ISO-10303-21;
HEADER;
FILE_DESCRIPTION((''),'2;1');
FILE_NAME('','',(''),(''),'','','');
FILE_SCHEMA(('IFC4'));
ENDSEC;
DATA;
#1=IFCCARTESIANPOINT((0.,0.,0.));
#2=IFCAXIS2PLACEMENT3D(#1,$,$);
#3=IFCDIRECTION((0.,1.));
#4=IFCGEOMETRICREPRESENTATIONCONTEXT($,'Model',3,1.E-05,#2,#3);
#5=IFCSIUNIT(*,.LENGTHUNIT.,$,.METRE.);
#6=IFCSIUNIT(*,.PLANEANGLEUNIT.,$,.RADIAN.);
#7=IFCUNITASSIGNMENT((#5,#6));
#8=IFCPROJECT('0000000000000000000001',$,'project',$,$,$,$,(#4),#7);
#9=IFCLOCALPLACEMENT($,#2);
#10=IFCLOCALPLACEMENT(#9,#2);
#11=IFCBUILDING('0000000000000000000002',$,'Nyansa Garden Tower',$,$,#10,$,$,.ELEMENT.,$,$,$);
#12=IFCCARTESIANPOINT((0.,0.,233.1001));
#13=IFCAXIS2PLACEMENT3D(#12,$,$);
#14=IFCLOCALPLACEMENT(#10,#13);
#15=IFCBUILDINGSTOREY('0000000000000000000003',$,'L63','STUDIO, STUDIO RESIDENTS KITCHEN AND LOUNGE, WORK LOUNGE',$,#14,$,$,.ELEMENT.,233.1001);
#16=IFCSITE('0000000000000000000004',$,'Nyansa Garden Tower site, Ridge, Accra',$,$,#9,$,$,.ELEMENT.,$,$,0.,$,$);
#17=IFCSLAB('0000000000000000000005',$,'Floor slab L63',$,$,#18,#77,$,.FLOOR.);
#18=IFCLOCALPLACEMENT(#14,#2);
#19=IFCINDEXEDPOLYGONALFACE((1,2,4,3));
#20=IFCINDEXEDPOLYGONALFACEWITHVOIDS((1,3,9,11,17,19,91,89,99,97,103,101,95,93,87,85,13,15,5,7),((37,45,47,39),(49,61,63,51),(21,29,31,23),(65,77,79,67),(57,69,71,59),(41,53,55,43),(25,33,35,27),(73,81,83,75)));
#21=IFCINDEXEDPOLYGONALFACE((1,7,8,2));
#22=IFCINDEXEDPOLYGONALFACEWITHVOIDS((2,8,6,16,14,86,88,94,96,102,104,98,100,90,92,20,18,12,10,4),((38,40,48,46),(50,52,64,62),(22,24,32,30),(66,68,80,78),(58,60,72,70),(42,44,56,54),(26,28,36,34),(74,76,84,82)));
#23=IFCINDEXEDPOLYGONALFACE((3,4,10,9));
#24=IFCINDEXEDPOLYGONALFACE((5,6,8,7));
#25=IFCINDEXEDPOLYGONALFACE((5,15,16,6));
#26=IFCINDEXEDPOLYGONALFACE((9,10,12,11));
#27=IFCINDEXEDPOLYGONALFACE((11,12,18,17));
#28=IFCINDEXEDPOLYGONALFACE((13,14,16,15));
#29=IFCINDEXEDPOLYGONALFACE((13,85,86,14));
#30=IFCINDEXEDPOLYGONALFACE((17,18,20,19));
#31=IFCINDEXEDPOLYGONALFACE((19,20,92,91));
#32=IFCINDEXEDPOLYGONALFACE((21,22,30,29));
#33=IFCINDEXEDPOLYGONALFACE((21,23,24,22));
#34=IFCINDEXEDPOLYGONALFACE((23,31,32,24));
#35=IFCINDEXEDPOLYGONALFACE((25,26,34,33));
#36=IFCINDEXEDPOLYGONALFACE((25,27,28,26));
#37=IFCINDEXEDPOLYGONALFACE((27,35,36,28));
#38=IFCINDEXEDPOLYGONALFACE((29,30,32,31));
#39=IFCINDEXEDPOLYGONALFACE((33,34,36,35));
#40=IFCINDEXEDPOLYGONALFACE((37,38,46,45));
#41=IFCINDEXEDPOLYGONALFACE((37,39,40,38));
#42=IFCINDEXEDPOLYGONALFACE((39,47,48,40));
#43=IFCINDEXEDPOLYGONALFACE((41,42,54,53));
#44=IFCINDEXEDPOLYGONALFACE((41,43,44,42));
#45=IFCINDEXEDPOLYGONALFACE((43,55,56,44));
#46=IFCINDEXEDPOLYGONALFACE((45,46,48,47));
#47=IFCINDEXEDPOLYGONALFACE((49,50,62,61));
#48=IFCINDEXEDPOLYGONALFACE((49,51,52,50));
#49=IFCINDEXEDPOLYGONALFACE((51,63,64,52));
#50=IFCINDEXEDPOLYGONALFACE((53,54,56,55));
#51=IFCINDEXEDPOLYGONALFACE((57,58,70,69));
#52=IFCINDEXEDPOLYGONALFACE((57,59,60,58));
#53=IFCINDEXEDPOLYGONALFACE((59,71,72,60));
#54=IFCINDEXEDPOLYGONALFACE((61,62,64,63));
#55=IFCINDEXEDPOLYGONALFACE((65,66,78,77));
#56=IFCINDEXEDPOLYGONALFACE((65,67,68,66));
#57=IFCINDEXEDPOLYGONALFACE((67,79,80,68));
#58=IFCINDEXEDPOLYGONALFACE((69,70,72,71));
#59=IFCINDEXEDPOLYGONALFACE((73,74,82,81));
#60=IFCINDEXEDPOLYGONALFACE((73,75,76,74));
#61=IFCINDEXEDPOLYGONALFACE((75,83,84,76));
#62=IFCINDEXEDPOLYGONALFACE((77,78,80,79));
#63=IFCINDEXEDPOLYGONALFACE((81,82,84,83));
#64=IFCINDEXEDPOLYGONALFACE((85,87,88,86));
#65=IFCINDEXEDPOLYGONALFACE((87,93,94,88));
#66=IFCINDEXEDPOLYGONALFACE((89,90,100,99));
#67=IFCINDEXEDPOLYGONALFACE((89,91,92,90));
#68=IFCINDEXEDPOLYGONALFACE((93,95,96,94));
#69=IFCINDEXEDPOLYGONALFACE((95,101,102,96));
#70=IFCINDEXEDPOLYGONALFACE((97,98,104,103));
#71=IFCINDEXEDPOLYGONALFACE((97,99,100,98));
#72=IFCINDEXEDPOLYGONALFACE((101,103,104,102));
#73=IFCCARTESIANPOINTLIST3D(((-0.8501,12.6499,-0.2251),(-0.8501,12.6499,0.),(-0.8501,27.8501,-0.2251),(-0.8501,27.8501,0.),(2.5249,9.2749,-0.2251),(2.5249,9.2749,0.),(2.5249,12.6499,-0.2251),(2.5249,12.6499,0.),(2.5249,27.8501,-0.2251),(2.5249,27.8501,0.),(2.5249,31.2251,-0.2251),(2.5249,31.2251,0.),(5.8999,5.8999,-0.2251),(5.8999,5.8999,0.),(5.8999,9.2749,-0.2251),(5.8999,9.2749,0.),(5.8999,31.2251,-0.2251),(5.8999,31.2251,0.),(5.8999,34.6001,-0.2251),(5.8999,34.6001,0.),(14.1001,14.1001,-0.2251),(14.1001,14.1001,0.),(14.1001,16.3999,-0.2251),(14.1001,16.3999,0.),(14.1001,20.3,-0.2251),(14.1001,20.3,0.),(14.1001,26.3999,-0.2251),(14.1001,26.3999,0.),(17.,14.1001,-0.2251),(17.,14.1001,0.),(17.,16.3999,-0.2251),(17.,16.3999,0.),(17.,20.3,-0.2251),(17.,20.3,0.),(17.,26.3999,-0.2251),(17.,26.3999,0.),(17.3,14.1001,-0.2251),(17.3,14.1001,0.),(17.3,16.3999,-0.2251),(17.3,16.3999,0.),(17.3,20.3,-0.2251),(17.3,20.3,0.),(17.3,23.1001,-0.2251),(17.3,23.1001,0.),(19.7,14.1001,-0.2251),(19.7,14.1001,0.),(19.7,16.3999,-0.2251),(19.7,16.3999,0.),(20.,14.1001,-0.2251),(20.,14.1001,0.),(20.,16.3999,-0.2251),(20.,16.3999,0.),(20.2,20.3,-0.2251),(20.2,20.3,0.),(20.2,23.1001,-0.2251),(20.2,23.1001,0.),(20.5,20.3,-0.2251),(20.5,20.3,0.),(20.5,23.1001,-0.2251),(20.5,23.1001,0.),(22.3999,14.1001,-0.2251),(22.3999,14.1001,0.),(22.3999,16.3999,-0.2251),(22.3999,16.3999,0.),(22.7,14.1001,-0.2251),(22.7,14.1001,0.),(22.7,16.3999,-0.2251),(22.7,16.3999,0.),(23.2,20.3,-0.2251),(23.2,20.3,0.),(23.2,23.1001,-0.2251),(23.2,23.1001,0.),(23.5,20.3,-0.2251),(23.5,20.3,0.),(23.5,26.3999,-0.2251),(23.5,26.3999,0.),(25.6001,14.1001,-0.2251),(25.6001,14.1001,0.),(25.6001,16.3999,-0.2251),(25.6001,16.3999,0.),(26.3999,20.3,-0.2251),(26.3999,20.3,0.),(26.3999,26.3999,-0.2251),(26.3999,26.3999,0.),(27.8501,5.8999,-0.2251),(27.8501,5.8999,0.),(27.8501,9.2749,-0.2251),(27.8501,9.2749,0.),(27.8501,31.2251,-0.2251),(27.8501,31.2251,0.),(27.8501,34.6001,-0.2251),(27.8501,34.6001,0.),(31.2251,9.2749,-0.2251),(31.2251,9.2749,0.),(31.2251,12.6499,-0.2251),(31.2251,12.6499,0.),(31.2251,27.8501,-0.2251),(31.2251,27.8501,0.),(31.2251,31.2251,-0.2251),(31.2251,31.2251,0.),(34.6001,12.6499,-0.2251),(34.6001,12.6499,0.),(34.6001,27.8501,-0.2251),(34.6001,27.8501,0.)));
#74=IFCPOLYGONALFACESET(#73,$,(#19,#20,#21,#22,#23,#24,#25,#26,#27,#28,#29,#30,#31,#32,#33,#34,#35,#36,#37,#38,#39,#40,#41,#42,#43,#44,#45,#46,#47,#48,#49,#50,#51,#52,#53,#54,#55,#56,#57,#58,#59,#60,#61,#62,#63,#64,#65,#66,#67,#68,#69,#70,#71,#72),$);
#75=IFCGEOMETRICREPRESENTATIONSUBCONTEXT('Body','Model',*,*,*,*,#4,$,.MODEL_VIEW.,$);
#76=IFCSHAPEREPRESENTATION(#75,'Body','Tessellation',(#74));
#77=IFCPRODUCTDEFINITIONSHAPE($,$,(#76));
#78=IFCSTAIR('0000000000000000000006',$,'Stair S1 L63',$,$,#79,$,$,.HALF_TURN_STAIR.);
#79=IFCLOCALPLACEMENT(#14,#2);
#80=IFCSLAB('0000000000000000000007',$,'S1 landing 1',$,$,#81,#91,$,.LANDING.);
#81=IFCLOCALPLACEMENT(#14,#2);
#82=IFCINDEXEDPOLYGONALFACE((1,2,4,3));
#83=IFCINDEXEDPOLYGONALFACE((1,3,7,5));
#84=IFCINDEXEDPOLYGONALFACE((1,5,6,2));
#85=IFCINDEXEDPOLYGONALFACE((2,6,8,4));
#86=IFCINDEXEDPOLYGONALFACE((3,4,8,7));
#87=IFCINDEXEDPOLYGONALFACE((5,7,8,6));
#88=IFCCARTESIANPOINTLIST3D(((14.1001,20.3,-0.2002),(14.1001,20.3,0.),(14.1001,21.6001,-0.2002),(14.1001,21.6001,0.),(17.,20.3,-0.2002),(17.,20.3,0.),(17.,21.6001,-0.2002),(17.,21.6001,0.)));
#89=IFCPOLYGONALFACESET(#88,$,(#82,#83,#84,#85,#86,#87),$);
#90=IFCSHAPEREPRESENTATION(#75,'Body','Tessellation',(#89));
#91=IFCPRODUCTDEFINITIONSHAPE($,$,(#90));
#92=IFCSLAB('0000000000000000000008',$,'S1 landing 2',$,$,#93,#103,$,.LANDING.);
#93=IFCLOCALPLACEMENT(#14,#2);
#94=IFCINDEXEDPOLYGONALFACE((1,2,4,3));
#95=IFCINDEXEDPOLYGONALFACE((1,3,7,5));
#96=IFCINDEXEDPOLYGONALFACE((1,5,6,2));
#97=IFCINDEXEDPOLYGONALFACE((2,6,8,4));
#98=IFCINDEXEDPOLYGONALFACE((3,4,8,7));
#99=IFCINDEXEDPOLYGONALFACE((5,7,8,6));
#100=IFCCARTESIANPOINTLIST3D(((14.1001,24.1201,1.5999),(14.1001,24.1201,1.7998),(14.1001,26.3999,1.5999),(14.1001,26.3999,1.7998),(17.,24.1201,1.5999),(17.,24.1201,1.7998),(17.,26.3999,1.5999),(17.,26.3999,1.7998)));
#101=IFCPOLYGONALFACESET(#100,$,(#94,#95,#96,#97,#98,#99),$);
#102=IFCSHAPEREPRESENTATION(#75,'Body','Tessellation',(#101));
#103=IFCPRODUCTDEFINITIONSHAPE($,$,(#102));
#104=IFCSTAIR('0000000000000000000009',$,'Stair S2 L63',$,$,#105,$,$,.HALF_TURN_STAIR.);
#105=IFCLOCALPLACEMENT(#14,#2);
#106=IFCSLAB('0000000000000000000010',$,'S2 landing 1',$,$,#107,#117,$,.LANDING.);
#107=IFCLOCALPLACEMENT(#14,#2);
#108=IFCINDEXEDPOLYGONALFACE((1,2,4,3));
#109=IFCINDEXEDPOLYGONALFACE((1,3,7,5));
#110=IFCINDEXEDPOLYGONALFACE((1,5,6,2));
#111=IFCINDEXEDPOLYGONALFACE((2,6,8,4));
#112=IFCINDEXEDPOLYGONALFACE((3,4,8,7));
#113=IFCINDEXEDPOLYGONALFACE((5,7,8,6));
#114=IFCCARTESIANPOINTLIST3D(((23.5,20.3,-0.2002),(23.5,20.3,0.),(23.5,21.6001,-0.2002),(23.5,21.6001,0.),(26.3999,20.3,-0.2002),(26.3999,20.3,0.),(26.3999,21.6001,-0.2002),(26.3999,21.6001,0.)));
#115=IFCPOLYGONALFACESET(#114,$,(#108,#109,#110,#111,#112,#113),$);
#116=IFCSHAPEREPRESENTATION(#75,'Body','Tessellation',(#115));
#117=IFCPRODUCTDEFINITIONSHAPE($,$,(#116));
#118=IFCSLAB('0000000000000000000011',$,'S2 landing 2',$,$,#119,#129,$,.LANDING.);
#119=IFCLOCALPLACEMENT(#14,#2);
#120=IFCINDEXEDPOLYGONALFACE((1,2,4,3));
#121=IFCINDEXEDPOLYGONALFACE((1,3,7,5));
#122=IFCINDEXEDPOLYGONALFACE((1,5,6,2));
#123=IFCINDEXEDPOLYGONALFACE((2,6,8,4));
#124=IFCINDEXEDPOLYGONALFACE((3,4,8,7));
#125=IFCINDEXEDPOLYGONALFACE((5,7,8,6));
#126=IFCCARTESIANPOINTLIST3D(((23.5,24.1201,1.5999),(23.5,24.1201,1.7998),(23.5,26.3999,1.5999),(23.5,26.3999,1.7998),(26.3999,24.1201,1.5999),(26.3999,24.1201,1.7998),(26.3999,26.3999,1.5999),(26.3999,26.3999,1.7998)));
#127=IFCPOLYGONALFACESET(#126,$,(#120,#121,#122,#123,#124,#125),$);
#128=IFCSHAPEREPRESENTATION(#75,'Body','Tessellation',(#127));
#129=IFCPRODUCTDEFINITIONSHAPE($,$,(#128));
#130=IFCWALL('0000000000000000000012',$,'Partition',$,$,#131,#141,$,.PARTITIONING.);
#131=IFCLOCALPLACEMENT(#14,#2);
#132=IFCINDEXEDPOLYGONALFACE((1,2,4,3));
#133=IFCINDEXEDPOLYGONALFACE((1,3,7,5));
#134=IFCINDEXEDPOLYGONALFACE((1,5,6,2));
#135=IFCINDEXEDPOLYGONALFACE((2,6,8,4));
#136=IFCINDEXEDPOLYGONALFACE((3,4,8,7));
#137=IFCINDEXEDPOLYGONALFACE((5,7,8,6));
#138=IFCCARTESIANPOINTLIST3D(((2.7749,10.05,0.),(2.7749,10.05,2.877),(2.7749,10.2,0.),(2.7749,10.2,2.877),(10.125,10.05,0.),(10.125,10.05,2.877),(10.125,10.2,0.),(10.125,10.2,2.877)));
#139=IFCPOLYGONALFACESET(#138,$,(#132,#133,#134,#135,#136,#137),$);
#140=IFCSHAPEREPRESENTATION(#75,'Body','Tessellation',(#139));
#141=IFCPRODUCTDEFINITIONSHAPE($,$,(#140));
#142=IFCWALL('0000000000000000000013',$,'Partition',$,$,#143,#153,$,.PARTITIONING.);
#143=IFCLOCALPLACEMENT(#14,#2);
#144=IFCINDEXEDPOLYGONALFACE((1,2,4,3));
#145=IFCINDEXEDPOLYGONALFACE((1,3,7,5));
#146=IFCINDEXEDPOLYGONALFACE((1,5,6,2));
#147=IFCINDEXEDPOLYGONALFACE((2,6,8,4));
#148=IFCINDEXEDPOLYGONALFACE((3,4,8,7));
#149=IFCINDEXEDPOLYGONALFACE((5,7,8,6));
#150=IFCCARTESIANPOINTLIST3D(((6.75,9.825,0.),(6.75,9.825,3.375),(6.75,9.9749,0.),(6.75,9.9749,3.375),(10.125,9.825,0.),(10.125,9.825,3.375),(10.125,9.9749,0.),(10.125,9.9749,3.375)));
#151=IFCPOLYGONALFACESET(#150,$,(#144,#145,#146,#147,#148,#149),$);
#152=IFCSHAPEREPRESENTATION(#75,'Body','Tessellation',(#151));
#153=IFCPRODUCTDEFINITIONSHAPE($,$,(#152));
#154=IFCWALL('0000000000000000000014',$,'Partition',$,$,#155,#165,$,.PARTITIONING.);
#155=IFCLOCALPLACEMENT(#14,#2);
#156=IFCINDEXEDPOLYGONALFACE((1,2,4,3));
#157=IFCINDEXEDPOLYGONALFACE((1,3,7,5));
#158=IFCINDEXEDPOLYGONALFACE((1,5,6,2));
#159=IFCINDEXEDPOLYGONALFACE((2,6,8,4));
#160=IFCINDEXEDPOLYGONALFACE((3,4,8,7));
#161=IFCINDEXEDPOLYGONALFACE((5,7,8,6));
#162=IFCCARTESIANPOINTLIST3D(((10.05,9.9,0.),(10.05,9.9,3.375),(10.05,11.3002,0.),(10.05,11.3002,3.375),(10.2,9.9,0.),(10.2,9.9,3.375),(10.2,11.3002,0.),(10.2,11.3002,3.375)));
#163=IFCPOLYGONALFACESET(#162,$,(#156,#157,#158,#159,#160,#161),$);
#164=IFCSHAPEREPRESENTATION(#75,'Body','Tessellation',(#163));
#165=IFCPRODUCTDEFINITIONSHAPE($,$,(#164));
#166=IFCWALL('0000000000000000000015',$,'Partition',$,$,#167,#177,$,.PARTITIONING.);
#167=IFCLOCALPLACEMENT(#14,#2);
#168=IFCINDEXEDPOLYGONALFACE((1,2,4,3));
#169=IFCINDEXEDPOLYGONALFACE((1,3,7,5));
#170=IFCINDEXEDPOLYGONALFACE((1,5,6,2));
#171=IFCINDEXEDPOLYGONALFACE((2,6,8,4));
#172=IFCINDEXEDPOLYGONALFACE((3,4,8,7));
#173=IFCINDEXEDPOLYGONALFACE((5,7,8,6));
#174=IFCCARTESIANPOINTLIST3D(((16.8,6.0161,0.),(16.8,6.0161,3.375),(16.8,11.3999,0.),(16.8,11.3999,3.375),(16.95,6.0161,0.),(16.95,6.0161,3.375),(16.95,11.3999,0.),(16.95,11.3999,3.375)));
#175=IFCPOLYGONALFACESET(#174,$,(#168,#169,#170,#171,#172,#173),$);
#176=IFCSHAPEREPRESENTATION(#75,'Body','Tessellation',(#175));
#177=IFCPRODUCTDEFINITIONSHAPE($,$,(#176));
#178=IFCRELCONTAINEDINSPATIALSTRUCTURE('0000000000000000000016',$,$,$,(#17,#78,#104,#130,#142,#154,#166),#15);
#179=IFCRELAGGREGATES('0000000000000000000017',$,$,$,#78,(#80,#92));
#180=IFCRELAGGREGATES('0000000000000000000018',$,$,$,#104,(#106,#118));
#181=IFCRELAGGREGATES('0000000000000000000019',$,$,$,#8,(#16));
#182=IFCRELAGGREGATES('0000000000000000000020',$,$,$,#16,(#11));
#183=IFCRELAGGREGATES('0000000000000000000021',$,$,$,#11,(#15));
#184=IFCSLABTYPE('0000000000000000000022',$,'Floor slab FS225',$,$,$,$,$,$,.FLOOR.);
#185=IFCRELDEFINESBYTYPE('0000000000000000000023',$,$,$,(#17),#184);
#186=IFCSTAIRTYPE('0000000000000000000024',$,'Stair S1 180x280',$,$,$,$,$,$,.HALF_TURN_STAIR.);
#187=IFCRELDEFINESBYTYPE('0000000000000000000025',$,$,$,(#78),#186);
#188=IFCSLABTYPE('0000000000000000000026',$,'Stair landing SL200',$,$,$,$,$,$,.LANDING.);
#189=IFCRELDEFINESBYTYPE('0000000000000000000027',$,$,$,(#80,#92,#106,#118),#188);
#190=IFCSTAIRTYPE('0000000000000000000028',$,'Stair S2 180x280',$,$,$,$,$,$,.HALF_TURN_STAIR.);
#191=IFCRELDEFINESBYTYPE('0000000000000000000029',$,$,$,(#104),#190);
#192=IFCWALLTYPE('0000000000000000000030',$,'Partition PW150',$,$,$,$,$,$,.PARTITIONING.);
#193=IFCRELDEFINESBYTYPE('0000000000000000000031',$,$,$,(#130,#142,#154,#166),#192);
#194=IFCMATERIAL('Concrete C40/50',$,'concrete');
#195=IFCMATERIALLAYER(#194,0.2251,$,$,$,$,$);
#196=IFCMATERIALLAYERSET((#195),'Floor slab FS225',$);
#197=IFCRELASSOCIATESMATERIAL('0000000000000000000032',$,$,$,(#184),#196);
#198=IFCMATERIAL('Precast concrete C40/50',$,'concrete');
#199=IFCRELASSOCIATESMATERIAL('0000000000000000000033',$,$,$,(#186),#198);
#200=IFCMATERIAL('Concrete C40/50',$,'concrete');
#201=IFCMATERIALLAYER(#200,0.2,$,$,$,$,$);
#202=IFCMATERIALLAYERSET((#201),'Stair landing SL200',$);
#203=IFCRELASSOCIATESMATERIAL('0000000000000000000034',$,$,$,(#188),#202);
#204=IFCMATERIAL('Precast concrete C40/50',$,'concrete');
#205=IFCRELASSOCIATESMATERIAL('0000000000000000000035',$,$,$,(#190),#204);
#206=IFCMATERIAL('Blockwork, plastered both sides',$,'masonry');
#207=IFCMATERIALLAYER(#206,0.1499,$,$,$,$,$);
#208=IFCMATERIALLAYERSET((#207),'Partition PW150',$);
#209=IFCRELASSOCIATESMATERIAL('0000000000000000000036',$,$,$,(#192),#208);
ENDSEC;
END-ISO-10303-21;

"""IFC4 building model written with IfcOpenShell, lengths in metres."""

from ifc_helpers import new_model, si_unit, direction, frame, frame_2d, origin, place, context, subcontext, project, spatial, polyline, rectangle, outline, extrude, material, layer, layer_set, type_object, element, aggregate, save


model = new_model("IFC4")

# Units and contexts
model_context = context("Model", 3, precision=1e-05, world=origin(), true_north=direction((0.0, 1.0)))
body_context = subcontext(model_context, "Body", "Model", "MODEL_VIEW")
ifc_project = project(units=[si_unit("LENGTHUNIT", "METRE"), si_unit("PLANEANGLEUNIT", "RADIAN")], contexts=[model_context])

# Site, building, storey
site_placement = place(None, origin())
site = spatial("IfcSite", under=ifc_project, at=site_placement, Name="Nyansa Garden Tower site, Ridge, Accra", CompositionType="ELEMENT", RefElevation=0.0)
building_placement = place(site_placement, origin())
building = spatial("IfcBuilding", under=site, at=building_placement, Name="Nyansa Garden Tower", CompositionType="ELEMENT")
storey_placement = place(building_placement, frame((0.0, 0.0, 233.1001)))
storey = spatial("IfcBuildingStorey", under=building, at=storey_placement, Name="L63", Description="STUDIO, STUDIO RESIDENTS KITCHEN AND LOUNGE, WORK LOUNGE", CompositionType="ELEMENT", Elevation=233.1001)

# Slab
ifc_material_1 = material(Name="Concrete C40/50", Category="concrete")
ifc_layer_1 = layer(ifc_material_1, 0.2251)
ifc_layer_set_1 = layer_set([ifc_layer_1], Name="Floor slab FS225")
slab_type_1 = type_object("IfcSlabType", Name="Floor slab FS225", PredefinedType="FLOOR", material=ifc_layer_set_1)
slab_1_placement = place(storey_placement, frame((0.0, 0.0, -0.2251)))
element("IfcSlab", 1, at=slab_1_placement, inside=storey, type_object=slab_type_1, Name="Floor slab L63", PredefinedType="FLOOR", context=body_context, shape_type="SweptSolid", body=[
    extrude(outline(polyline([(34.6001, 12.6499), (31.2251, 12.6499), (31.2251, 9.2749), (27.8501, 9.2749), (27.8501, 5.8999), (5.8999, 5.8999), (5.8999, 9.2749), (2.5249, 9.2749), (2.5249, 12.6499), (-0.8501, 12.6499), (-0.8501, 27.8501), (2.5249, 27.8501), (2.5249, 31.2251), (5.8999, 31.2251), (5.8999, 34.6001), (27.8501, 34.6001), (27.8501, 31.2251), (31.2251, 31.2251), (31.2251, 27.8501), (34.6001, 27.8501), (34.6001, 12.6499)]), holes=[polyline([(14.1001, 14.1001), (17.0, 14.1001), (17.0, 16.3999), (14.1001, 16.3999), (14.1001, 14.1001)]), polyline([(17.3, 14.1001), (19.7, 14.1001), (19.7, 16.3999), (17.3, 16.3999), (17.3, 14.1001)]), polyline([(20.0, 14.1001), (22.3999, 14.1001), (22.3999, 16.3999), (20.0, 16.3999), (20.0, 14.1001)]), polyline([(22.7, 14.1001), (25.6001, 14.1001), (25.6001, 16.3999), (22.7, 16.3999), (22.7, 14.1001)]), polyline([(17.3, 20.3), (20.2, 20.3), (20.2, 23.1001), (17.3, 23.1001), (17.3, 20.3)]), polyline([(20.5, 20.3), (23.2, 20.3), (23.2, 23.1001), (20.5, 23.1001), (20.5, 20.3)]), polyline([(14.1001, 20.3), (17.0, 20.3), (17.0, 26.3999), (14.1001, 26.3999), (14.1001, 20.3)]), polyline([(23.5, 20.3), (26.3999, 20.3), (26.3999, 26.3999), (23.5, 26.3999), (23.5, 20.3)])]), origin(), (0.0, 0.0, 1.0), 0.2251),
])

# Stairs, slabs
ifc_material_2 = material(Name="Precast concrete C40/50", Category="concrete")
stair_type_1 = type_object("IfcStairType", Name="Stair S1 180x280", PredefinedType="HALF_TURN_STAIR", material=ifc_material_2)
stair_1_placement = place(storey_placement, origin())
stair_1 = element("IfcStair", 2, at=stair_1_placement, inside=storey, type_object=stair_type_1, Name="Stair S1 L63", PredefinedType="HALF_TURN_STAIR")
ifc_material_3 = material(Name="Concrete C40/50", Category="concrete")
ifc_layer_2 = layer(ifc_material_3, 0.2)
ifc_layer_set_2 = layer_set([ifc_layer_2], Name="Stair landing SL200")
slab_type_2 = type_object("IfcSlabType", Name="Stair landing SL200", PredefinedType="LANDING", material=ifc_layer_set_2)
slab_2_placement = place(storey_placement, frame((0.0, 0.0, -0.2002)))
slab_2 = element("IfcSlab", 3, at=slab_2_placement, type_object=slab_type_2, Name="S1 landing 1", PredefinedType="LANDING", context=body_context, shape_type="SweptSolid", body=[
    extrude(outline(polyline([(14.1001, 20.3), (17.0, 20.3), (17.0, 21.6001), (14.1001, 21.6001), (14.1001, 20.3)])), origin(), (0.0, 0.0, 1.0), 0.2002),
])
slab_3_placement = place(storey_placement, frame((0.0, 0.0, 1.5999)))
slab_3 = element("IfcSlab", 4, at=slab_3_placement, type_object=slab_type_2, Name="S1 landing 2", PredefinedType="LANDING", context=body_context, shape_type="SweptSolid", body=[
    extrude(outline(polyline([(14.1001, 24.1201), (17.0, 24.1201), (17.0, 26.3999), (14.1001, 26.3999), (14.1001, 24.1201)])), origin(), (0.0, 0.0, 1.0), 0.2),
])
aggregate(stair_1, [slab_2, slab_3])
ifc_material_4 = material(Name="Precast concrete C40/50", Category="concrete")
stair_type_2 = type_object("IfcStairType", Name="Stair S2 180x280", PredefinedType="HALF_TURN_STAIR", material=ifc_material_4)
stair_2_placement = place(storey_placement, origin())
stair_2 = element("IfcStair", 5, at=stair_2_placement, inside=storey, type_object=stair_type_2, Name="Stair S2 L63", PredefinedType="HALF_TURN_STAIR")
slab_4_placement = place(storey_placement, frame((0.0, 0.0, -0.2002)))
slab_4 = element("IfcSlab", 6, at=slab_4_placement, type_object=slab_type_2, Name="S2 landing 1", PredefinedType="LANDING", context=body_context, shape_type="SweptSolid", body=[
    extrude(outline(polyline([(23.5, 20.3), (26.3999, 20.3), (26.3999, 21.6001), (23.5, 21.6001), (23.5, 20.3)])), origin(), (0.0, 0.0, 1.0), 0.2002),
])
slab_5_placement = place(storey_placement, frame((0.0, 0.0, 1.5999)))
slab_5 = element("IfcSlab", 7, at=slab_5_placement, type_object=slab_type_2, Name="S2 landing 2", PredefinedType="LANDING", context=body_context, shape_type="SweptSolid", body=[
    extrude(outline(polyline([(23.5, 24.1201), (26.3999, 24.1201), (26.3999, 26.3999), (23.5, 26.3999), (23.5, 24.1201)])), origin(), (0.0, 0.0, 1.0), 0.2),
])
aggregate(stair_2, [slab_4, slab_5])

# Walls
ifc_material_5 = material(Name="Blockwork, plastered both sides", Category="masonry")
ifc_layer_3 = layer(ifc_material_5, 0.1499)
ifc_layer_set_3 = layer_set([ifc_layer_3], Name="Partition PW150")
wall_type_1 = type_object("IfcWallType", Name="Partition PW150", PredefinedType="PARTITIONING", material=ifc_layer_set_3)
wall_1_placement = place(storey_placement, frame((2.7749, 10.125, 0.0), z_axis=(0.0, 0.0, 1.0), x_axis=(1.0, 0.0, 0.0)))
element("IfcWall", 8, at=wall_1_placement, inside=storey, type_object=wall_type_1, Name="Partition", PredefinedType="PARTITIONING", context=body_context, shape_type="SweptSolid", body=[
    extrude(rectangle(XDim=7.3501, YDim=0.1499, at=frame_2d((3.675, 0.0))), origin(), (0.0, 0.0, 1.0), 2.877),
])
wall_2_placement = place(storey_placement, frame((6.75, 9.8999, 0.0), z_axis=(0.0, 0.0, 1.0), x_axis=(1.0, 0.0, 0.0)))
element("IfcWall", 9, at=wall_2_placement, inside=storey, type_object=wall_type_1, Name="Partition", PredefinedType="PARTITIONING", context=body_context, shape_type="SweptSolid", body=[
    extrude(rectangle(XDim=3.375, YDim=0.1499, at=frame_2d((1.6875, 0.0))), origin(), (0.0, 0.0, 1.0), 3.375),
])
wall_3_placement = place(storey_placement, frame((10.125, 9.8999, 0.0), z_axis=(0.0, 0.0, 1.0), x_axis=(0.0, 1.0, 0.0)))
element("IfcWall", 10, at=wall_3_placement, inside=storey, type_object=wall_type_1, Name="Partition", PredefinedType="PARTITIONING", context=body_context, shape_type="SweptSolid", body=[
    extrude(rectangle(XDim=1.4001, YDim=0.1499, at=frame_2d((0.7002, 0.0))), origin(), (0.0, 0.0, 1.0), 3.375),
])
wall_4_placement = place(storey_placement, frame((16.875, 6.0161, 0.0), z_axis=(0.0, 0.0, 1.0), x_axis=(0.0, 1.0, 0.0)))
element("IfcWall", 11, at=wall_4_placement, inside=storey, type_object=wall_type_1, Name="Partition", PredefinedType="PARTITIONING", context=body_context, shape_type="SweptSolid", body=[
    extrude(rectangle(XDim=5.3838, YDim=0.1499, at=frame_2d((2.6919, 0.0))), origin(), (0.0, 0.0, 1.0), 3.375),
])

save(model, "model.ifc")
